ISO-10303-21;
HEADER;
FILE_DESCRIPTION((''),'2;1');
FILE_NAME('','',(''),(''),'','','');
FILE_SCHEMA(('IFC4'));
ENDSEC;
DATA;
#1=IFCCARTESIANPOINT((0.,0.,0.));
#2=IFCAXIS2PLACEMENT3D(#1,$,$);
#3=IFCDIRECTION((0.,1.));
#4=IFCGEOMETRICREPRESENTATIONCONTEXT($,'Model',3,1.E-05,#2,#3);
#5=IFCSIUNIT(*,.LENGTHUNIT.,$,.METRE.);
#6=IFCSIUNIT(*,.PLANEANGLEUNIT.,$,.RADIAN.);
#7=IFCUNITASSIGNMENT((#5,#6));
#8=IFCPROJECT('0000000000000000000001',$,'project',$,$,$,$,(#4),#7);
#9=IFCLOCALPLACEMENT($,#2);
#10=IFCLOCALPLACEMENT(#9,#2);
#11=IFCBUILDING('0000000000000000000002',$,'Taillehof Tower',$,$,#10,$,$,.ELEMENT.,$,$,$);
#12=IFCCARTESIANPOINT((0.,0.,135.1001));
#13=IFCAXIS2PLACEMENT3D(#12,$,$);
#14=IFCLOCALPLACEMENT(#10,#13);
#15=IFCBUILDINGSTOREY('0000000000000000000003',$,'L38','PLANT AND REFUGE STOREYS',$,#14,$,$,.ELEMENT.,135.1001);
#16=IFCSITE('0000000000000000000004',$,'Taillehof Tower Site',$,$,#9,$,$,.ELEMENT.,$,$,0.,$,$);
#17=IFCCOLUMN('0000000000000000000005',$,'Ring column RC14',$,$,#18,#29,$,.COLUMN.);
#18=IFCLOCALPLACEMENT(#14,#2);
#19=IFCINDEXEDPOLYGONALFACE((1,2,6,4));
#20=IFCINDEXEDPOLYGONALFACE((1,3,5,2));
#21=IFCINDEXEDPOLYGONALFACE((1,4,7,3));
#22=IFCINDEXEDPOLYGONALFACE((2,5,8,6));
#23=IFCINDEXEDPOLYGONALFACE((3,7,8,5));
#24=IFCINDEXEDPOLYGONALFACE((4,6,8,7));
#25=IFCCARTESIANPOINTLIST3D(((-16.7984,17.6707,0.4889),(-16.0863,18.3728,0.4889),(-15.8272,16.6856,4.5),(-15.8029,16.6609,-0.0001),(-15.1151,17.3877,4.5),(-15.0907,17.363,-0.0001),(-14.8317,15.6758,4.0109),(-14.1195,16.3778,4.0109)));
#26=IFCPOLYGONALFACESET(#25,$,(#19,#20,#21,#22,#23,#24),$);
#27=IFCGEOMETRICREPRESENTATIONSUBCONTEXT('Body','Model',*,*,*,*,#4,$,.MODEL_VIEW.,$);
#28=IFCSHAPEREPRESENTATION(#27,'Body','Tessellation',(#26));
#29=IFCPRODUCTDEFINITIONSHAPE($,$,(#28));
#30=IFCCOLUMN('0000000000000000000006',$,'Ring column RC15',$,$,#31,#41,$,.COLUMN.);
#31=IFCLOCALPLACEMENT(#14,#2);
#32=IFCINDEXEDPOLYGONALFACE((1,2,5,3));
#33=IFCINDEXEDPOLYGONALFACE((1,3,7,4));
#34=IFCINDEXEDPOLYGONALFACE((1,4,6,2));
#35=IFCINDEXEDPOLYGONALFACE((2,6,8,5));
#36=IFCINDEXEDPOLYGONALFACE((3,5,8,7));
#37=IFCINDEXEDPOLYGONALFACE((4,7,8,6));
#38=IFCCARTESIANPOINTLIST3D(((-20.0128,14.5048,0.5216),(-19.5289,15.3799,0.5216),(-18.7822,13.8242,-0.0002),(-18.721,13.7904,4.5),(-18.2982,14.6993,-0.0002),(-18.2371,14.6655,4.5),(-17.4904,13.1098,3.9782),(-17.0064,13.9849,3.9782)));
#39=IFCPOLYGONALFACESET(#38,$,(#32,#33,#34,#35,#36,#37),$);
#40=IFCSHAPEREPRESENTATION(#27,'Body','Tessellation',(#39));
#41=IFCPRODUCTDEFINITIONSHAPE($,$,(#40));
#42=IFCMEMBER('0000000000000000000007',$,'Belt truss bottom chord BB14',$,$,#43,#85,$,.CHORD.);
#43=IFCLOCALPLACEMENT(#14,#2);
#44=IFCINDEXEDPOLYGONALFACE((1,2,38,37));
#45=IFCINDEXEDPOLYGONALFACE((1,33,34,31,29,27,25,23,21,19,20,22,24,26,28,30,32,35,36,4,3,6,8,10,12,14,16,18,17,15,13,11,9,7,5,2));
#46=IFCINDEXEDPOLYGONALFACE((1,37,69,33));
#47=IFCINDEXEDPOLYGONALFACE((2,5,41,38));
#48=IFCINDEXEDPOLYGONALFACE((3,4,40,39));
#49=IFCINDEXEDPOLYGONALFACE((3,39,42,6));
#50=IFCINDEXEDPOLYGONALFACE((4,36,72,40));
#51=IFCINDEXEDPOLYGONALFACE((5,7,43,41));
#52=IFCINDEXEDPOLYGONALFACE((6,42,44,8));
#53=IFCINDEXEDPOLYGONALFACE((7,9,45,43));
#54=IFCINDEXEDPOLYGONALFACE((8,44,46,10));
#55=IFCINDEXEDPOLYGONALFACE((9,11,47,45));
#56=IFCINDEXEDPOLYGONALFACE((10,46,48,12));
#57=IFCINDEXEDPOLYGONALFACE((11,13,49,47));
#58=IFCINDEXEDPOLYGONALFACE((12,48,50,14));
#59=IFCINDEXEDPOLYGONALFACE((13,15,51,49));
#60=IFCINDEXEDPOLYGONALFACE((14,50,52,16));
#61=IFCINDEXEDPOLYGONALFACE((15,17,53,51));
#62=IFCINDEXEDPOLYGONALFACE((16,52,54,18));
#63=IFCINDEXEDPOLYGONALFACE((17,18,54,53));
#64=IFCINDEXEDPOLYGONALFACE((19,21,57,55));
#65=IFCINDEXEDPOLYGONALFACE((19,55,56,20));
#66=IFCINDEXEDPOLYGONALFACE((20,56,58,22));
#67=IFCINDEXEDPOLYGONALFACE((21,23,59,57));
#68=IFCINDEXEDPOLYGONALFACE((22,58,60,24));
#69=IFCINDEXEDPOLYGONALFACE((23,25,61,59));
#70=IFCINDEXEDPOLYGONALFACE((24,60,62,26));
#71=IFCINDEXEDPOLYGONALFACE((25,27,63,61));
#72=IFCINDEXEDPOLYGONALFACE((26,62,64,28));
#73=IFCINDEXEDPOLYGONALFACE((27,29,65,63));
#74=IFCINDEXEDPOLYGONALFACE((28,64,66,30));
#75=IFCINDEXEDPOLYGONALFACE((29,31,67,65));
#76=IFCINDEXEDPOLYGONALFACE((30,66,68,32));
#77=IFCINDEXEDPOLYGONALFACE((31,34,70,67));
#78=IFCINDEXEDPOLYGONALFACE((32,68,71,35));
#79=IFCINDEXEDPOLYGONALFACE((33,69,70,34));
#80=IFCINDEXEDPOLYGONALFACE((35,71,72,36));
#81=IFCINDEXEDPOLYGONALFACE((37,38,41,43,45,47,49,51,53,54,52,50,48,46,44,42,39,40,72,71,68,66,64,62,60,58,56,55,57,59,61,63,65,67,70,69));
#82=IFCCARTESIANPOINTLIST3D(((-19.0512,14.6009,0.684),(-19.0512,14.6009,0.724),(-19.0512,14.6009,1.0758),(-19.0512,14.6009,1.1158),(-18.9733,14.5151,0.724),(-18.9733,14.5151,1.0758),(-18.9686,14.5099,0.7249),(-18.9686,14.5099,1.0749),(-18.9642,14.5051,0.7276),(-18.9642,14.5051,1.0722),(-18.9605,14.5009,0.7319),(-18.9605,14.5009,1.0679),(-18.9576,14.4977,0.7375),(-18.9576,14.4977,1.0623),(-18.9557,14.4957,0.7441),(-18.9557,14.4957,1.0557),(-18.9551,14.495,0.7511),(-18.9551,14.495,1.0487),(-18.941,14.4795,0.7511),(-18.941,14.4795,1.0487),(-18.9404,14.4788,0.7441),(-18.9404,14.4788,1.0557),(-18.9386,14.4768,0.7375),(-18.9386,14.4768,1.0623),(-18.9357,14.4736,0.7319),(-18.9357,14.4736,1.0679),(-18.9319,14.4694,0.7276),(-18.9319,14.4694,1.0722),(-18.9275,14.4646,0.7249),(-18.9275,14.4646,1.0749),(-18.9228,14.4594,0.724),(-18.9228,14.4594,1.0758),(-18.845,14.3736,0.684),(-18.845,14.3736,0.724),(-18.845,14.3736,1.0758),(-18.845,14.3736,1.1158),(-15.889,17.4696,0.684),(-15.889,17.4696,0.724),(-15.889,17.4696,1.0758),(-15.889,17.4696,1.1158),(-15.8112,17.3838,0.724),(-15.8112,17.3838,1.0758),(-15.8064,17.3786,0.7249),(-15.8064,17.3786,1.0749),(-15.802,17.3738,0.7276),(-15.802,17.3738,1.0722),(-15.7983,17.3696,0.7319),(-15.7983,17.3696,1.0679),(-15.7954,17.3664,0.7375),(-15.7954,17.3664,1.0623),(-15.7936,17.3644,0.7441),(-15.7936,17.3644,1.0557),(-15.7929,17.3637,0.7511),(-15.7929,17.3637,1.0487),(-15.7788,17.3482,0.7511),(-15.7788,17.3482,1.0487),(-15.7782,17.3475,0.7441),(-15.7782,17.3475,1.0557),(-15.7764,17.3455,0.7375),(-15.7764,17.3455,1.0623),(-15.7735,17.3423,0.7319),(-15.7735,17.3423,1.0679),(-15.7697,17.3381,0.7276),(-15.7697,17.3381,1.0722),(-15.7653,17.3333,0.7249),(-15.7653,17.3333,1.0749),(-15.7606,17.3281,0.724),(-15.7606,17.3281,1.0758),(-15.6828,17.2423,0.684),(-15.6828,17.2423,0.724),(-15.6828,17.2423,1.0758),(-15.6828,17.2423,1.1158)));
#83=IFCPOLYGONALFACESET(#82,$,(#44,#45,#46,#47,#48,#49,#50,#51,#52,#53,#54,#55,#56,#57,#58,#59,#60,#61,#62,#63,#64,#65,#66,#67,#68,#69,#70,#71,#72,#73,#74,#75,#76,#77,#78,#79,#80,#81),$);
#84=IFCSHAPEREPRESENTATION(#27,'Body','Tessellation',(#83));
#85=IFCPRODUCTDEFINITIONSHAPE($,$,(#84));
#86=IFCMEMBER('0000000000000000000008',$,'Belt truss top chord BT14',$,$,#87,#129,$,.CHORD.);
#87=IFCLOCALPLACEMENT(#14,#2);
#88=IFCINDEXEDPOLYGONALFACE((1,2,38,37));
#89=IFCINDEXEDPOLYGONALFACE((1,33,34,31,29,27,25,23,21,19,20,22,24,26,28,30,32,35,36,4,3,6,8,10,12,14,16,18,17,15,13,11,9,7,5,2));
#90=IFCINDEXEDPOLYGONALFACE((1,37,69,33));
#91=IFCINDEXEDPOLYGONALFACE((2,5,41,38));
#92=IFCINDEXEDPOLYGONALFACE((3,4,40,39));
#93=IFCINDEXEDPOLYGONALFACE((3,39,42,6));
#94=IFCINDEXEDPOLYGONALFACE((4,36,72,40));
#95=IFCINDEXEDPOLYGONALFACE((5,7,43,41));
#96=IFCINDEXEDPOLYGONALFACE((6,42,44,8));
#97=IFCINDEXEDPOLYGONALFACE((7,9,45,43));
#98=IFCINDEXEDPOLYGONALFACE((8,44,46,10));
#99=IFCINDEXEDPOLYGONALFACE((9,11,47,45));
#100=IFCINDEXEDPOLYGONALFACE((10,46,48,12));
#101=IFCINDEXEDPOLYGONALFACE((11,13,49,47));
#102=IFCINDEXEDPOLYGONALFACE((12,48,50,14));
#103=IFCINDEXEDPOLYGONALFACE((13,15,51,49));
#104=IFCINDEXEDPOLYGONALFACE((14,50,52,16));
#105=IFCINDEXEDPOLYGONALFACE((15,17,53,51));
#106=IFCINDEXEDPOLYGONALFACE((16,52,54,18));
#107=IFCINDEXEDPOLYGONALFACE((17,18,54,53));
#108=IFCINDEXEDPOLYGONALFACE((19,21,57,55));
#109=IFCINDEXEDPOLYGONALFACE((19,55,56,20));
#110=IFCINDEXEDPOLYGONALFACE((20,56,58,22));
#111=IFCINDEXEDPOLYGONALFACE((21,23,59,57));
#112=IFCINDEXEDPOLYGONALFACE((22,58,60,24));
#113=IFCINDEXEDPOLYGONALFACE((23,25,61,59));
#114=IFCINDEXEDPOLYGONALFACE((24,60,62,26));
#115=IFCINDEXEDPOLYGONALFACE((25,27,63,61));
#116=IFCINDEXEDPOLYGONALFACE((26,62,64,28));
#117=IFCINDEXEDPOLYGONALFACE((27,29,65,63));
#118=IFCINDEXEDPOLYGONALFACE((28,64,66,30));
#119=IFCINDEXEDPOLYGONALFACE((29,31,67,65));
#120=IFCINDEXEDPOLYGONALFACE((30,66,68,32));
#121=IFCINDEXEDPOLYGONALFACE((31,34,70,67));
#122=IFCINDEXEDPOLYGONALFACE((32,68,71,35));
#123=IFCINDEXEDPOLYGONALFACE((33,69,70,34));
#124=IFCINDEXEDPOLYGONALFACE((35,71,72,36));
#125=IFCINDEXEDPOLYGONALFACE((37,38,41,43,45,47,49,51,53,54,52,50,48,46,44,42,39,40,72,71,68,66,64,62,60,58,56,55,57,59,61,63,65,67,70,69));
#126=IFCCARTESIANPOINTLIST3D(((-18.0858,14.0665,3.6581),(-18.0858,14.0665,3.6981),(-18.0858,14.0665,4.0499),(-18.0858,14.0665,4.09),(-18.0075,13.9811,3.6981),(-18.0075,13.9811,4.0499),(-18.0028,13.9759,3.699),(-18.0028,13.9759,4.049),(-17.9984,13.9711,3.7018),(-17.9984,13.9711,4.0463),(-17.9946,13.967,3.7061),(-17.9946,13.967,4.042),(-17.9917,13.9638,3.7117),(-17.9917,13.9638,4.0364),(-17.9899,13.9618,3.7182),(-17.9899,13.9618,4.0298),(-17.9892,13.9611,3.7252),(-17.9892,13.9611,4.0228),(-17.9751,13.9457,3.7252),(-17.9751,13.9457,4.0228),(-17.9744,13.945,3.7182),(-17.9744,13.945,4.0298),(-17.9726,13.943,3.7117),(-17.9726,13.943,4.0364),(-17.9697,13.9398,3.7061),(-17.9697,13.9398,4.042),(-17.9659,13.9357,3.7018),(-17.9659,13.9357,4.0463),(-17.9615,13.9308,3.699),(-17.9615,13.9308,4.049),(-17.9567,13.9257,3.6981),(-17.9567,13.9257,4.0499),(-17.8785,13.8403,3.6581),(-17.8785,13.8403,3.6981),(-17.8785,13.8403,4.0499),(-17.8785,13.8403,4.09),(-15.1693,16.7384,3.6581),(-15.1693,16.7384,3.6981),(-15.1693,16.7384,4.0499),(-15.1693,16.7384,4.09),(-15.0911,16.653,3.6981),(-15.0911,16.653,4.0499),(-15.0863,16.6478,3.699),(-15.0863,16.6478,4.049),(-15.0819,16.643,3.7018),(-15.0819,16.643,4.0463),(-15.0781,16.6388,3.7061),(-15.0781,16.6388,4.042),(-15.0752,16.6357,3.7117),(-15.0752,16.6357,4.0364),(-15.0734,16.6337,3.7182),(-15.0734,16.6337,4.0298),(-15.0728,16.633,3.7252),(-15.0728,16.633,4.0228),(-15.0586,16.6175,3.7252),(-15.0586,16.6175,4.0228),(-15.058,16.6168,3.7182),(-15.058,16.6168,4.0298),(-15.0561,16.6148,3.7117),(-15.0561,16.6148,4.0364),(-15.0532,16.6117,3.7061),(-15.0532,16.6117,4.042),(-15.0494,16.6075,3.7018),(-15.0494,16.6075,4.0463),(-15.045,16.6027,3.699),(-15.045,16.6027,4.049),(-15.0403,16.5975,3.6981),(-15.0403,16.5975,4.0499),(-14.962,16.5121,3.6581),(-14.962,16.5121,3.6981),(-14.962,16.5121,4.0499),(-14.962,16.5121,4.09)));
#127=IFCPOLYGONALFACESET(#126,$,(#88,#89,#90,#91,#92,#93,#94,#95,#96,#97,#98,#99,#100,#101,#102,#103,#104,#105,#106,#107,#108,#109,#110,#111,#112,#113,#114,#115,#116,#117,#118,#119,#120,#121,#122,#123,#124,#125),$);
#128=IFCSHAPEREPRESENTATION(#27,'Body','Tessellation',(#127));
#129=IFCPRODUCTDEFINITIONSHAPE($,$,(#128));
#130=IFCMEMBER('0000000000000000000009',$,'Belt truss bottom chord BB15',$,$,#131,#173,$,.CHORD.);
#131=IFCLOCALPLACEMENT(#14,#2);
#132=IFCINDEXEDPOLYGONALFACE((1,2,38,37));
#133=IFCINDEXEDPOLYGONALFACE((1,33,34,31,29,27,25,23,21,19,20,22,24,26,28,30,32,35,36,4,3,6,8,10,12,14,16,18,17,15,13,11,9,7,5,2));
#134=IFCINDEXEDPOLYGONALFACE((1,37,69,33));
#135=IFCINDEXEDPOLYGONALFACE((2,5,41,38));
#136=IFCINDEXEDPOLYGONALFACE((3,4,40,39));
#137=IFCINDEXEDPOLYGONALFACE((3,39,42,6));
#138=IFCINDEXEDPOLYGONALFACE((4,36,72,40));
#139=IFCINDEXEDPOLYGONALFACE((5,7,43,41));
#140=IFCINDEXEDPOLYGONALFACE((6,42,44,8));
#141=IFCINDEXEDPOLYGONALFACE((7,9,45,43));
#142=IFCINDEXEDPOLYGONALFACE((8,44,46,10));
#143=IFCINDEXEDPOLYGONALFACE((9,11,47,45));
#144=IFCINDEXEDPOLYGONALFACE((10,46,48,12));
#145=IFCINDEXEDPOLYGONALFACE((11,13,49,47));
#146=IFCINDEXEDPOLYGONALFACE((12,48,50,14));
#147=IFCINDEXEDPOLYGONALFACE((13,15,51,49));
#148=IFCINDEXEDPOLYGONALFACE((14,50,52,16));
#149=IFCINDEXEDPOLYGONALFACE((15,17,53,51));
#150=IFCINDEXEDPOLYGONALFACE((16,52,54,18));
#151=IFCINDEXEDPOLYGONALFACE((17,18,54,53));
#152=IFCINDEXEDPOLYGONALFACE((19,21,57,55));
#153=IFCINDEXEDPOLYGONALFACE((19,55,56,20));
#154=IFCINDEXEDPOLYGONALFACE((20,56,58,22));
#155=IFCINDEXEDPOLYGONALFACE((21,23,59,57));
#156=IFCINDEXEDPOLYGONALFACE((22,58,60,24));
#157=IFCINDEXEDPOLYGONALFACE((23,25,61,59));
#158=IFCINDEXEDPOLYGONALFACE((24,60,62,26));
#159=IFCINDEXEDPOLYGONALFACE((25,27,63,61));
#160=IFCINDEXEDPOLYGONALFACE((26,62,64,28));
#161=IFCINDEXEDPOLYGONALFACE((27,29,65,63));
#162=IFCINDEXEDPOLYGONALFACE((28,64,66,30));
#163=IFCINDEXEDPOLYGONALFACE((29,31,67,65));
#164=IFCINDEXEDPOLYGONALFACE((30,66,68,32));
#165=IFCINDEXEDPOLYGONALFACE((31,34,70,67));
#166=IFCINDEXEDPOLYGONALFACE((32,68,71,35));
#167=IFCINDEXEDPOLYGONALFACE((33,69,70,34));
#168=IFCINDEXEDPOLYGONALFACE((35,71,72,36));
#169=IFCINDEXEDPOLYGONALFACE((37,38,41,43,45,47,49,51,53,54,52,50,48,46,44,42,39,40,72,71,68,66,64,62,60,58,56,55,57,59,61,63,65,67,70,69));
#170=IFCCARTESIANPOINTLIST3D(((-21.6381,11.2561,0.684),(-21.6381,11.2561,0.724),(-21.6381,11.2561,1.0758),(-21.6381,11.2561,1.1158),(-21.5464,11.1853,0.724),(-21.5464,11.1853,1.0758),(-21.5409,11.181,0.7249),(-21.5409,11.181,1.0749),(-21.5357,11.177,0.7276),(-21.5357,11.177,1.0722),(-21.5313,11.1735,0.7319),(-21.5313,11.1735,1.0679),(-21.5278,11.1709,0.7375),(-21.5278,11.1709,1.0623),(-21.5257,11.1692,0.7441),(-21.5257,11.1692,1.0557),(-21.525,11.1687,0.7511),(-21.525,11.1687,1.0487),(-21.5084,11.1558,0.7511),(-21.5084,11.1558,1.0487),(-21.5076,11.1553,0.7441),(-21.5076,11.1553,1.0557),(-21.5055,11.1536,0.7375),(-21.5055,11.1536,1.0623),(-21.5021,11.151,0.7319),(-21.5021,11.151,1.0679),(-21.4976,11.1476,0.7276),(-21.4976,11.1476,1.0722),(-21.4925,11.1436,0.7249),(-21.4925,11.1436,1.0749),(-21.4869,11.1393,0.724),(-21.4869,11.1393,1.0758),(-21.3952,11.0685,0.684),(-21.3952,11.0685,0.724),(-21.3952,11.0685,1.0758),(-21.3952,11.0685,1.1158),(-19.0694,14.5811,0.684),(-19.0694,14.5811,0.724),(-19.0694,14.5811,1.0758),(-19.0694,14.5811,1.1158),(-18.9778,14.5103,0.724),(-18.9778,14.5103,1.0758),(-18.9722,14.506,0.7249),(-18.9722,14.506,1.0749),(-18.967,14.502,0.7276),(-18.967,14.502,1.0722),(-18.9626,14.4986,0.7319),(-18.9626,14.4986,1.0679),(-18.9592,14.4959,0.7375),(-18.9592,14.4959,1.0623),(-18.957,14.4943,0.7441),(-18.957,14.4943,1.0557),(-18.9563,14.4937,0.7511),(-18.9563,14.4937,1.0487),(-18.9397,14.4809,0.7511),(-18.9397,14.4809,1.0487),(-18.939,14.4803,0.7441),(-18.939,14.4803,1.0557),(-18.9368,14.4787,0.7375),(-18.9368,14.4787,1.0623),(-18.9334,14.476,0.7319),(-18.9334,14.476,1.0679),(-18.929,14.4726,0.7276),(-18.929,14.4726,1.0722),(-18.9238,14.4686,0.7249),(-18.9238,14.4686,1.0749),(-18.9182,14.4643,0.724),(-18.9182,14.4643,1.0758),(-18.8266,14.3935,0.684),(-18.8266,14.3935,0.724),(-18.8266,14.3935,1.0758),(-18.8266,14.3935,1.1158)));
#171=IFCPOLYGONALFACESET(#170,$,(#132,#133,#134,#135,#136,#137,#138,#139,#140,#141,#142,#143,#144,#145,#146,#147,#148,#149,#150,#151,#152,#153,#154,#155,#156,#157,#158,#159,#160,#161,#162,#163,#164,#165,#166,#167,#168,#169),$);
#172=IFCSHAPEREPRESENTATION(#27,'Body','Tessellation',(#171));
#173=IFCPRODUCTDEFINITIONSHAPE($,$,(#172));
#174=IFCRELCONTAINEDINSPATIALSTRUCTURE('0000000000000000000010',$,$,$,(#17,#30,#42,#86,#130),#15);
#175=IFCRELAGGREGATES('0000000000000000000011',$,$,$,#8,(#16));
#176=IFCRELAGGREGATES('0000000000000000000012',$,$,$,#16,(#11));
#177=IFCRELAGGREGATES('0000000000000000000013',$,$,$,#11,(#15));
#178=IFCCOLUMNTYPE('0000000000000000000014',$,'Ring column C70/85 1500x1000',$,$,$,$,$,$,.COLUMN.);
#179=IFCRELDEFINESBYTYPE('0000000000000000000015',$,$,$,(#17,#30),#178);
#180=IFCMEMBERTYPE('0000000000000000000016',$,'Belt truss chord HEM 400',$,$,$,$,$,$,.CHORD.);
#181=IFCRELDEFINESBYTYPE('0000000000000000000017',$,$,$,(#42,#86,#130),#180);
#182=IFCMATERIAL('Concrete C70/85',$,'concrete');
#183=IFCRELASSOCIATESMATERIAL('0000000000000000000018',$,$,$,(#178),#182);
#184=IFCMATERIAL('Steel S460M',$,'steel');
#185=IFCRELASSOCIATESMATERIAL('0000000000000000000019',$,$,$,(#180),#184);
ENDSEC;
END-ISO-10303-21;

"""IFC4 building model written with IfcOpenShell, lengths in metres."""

from ifc_helpers import new_model, si_unit, direction, frame, origin, origin_2d, place, context, subcontext, project, spatial, rectangle, i_section, extrude, material, material_profile, profile_set, type_object, element, save


model = new_model("IFC4")

# Units and contexts
model_context = context("Model", 3, precision=1e-05, world=origin(), true_north=direction((0.0, 1.0)))
body_context = subcontext(model_context, "Body", "Model", "MODEL_VIEW")
ifc_project = project(units=[si_unit("LENGTHUNIT", "METRE"), si_unit("PLANEANGLEUNIT", "RADIAN")], contexts=[model_context])

# Site, building, storey
site_placement = place(None, origin())
site = spatial("IfcSite", under=ifc_project, at=site_placement, Name="Taillehof Tower Site", CompositionType="ELEMENT", RefElevation=0.0)
building_placement = place(site_placement, origin())
building = spatial("IfcBuilding", under=site, at=building_placement, Name="Taillehof Tower", CompositionType="ELEMENT")
storey_placement = place(building_placement, frame((0.0, 0.0, 135.1001)))
storey = spatial("IfcBuildingStorey", under=building, at=storey_placement, Name="L38", Description="PLANT AND REFUGE STOREYS", CompositionType="ELEMENT", Elevation=135.1001)

# Columns
ifc_material_1 = material(Name="Concrete C70/85", Category="concrete")
ifc_material_profile_1 = material_profile(ifc_material_1, rectangle(XDim=1.5, YDim=1.0, at=origin_2d()), Name="RC 1500x1000")
ifc_profile_set_1 = profile_set([ifc_material_profile_1], Name="Concrete C70/85")
column_type = type_object("IfcColumnType", Name="Ring column C70/85 1500x1000", PredefinedType="COLUMN", material=ifc_profile_set_1)
column_1_placement = place(storey_placement, frame((-15.9446, 17.5168, 0.2444), z_axis=(0.228901, -0.232181, 0.945355), x_axis=(-0.663695, 0.673205, 0.326043)))
element("IfcColumn", 1, at=column_1_placement, inside=storey, type_object=column_type, Name="Ring column RC14", PredefinedType="COLUMN", context=body_context, shape_type="SweptSolid", body=[
    extrude(rectangle(XDim=1.5, YDim=1.0, at=origin_2d()), origin(), (0.0, 0.0, 1.0), 4.2429),
])
column_2_placement = place(storey_placement, frame((-19.1555, 14.6021, 0.2607), z_axis=(0.304421, -0.168349, 0.937543), x_axis=(-0.820443, 0.453717, 0.34787)))
element("IfcColumn", 2, at=column_2_placement, inside=storey, type_object=column_type, Name="Ring column RC15", PredefinedType="COLUMN", context=body_context, shape_type="SweptSolid", body=[
    extrude(rectangle(XDim=1.5, YDim=1.0, at=origin_2d()), origin(), (0.0, 0.0, 1.0), 4.2434),
])

# Members
ifc_material_2 = material(Name="Steel S460M", Category="steel")
ifc_material_profile_2 = material_profile(ifc_material_2, i_section(OverallWidth=0.3069, OverallDepth=0.4319, WebThickness=0.021, FlangeThickness=0.04, FilletRadius=0.0271, at=origin_2d()), Name="HEM 400")
ifc_profile_set_2 = profile_set([ifc_material_profile_2], Name="Steel S460M")
member_type_1 = type_object("IfcMemberType", Name="Belt truss chord HEM 400", PredefinedType="CHORD", material=ifc_profile_set_2)
member_1_placement = place(storey_placement, frame((-15.7859, 17.356, 0.8999), z_axis=(-0.740638, -0.671904, 0.0), x_axis=(0.671904, -0.740638, 0.0)))
element("IfcMember", 3, at=member_1_placement, inside=storey, type_object=member_type_1, Name="Belt truss bottom chord BB14", PredefinedType="CHORD", context=body_context, shape_type="SweptSolid", body=[
    extrude(i_section(OverallWidth=0.3069, OverallDepth=0.4319, WebThickness=0.021, FlangeThickness=0.04, FilletRadius=0.0271, at=origin_2d()), origin(), (0.0, 0.0, 1.0), 4.2695),
])
member_2_placement = place(storey_placement, frame((-15.0657, 16.6252, 3.874), z_axis=(-0.737354, -0.675507, 0.0), x_axis=(0.675507, -0.737354, 0.0)))
element("IfcMember", 4, at=member_2_placement, inside=storey, type_object=member_type_1, Name="Belt truss top chord BT14", PredefinedType="CHORD", context=body_context, shape_type="SweptSolid", body=[
    extrude(i_section(OverallWidth=0.3069, OverallDepth=0.4319, WebThickness=0.021, FlangeThickness=0.04, FilletRadius=0.0271, at=origin_2d()), origin(), (0.0, 0.0, 1.0), 3.9553),
])
member_3_placement = place(storey_placement, frame((-18.948, 14.4873, 0.8999), z_axis=(-0.611347, -0.791363, 0.0), x_axis=(0.791363, -0.611347, 0.0)))
element("IfcMember", 5, at=member_3_placement, inside=storey, type_object=member_type_1, Name="Belt truss bottom chord BB15", PredefinedType="CHORD", context=body_context, shape_type="SweptSolid", body=[
    extrude(i_section(OverallWidth=0.3069, OverallDepth=0.4319, WebThickness=0.021, FlangeThickness=0.04, FilletRadius=0.0271, at=origin_2d()), origin(), (0.0, 0.0, 1.0), 4.2017),
])

save(model, "model.ifc")
